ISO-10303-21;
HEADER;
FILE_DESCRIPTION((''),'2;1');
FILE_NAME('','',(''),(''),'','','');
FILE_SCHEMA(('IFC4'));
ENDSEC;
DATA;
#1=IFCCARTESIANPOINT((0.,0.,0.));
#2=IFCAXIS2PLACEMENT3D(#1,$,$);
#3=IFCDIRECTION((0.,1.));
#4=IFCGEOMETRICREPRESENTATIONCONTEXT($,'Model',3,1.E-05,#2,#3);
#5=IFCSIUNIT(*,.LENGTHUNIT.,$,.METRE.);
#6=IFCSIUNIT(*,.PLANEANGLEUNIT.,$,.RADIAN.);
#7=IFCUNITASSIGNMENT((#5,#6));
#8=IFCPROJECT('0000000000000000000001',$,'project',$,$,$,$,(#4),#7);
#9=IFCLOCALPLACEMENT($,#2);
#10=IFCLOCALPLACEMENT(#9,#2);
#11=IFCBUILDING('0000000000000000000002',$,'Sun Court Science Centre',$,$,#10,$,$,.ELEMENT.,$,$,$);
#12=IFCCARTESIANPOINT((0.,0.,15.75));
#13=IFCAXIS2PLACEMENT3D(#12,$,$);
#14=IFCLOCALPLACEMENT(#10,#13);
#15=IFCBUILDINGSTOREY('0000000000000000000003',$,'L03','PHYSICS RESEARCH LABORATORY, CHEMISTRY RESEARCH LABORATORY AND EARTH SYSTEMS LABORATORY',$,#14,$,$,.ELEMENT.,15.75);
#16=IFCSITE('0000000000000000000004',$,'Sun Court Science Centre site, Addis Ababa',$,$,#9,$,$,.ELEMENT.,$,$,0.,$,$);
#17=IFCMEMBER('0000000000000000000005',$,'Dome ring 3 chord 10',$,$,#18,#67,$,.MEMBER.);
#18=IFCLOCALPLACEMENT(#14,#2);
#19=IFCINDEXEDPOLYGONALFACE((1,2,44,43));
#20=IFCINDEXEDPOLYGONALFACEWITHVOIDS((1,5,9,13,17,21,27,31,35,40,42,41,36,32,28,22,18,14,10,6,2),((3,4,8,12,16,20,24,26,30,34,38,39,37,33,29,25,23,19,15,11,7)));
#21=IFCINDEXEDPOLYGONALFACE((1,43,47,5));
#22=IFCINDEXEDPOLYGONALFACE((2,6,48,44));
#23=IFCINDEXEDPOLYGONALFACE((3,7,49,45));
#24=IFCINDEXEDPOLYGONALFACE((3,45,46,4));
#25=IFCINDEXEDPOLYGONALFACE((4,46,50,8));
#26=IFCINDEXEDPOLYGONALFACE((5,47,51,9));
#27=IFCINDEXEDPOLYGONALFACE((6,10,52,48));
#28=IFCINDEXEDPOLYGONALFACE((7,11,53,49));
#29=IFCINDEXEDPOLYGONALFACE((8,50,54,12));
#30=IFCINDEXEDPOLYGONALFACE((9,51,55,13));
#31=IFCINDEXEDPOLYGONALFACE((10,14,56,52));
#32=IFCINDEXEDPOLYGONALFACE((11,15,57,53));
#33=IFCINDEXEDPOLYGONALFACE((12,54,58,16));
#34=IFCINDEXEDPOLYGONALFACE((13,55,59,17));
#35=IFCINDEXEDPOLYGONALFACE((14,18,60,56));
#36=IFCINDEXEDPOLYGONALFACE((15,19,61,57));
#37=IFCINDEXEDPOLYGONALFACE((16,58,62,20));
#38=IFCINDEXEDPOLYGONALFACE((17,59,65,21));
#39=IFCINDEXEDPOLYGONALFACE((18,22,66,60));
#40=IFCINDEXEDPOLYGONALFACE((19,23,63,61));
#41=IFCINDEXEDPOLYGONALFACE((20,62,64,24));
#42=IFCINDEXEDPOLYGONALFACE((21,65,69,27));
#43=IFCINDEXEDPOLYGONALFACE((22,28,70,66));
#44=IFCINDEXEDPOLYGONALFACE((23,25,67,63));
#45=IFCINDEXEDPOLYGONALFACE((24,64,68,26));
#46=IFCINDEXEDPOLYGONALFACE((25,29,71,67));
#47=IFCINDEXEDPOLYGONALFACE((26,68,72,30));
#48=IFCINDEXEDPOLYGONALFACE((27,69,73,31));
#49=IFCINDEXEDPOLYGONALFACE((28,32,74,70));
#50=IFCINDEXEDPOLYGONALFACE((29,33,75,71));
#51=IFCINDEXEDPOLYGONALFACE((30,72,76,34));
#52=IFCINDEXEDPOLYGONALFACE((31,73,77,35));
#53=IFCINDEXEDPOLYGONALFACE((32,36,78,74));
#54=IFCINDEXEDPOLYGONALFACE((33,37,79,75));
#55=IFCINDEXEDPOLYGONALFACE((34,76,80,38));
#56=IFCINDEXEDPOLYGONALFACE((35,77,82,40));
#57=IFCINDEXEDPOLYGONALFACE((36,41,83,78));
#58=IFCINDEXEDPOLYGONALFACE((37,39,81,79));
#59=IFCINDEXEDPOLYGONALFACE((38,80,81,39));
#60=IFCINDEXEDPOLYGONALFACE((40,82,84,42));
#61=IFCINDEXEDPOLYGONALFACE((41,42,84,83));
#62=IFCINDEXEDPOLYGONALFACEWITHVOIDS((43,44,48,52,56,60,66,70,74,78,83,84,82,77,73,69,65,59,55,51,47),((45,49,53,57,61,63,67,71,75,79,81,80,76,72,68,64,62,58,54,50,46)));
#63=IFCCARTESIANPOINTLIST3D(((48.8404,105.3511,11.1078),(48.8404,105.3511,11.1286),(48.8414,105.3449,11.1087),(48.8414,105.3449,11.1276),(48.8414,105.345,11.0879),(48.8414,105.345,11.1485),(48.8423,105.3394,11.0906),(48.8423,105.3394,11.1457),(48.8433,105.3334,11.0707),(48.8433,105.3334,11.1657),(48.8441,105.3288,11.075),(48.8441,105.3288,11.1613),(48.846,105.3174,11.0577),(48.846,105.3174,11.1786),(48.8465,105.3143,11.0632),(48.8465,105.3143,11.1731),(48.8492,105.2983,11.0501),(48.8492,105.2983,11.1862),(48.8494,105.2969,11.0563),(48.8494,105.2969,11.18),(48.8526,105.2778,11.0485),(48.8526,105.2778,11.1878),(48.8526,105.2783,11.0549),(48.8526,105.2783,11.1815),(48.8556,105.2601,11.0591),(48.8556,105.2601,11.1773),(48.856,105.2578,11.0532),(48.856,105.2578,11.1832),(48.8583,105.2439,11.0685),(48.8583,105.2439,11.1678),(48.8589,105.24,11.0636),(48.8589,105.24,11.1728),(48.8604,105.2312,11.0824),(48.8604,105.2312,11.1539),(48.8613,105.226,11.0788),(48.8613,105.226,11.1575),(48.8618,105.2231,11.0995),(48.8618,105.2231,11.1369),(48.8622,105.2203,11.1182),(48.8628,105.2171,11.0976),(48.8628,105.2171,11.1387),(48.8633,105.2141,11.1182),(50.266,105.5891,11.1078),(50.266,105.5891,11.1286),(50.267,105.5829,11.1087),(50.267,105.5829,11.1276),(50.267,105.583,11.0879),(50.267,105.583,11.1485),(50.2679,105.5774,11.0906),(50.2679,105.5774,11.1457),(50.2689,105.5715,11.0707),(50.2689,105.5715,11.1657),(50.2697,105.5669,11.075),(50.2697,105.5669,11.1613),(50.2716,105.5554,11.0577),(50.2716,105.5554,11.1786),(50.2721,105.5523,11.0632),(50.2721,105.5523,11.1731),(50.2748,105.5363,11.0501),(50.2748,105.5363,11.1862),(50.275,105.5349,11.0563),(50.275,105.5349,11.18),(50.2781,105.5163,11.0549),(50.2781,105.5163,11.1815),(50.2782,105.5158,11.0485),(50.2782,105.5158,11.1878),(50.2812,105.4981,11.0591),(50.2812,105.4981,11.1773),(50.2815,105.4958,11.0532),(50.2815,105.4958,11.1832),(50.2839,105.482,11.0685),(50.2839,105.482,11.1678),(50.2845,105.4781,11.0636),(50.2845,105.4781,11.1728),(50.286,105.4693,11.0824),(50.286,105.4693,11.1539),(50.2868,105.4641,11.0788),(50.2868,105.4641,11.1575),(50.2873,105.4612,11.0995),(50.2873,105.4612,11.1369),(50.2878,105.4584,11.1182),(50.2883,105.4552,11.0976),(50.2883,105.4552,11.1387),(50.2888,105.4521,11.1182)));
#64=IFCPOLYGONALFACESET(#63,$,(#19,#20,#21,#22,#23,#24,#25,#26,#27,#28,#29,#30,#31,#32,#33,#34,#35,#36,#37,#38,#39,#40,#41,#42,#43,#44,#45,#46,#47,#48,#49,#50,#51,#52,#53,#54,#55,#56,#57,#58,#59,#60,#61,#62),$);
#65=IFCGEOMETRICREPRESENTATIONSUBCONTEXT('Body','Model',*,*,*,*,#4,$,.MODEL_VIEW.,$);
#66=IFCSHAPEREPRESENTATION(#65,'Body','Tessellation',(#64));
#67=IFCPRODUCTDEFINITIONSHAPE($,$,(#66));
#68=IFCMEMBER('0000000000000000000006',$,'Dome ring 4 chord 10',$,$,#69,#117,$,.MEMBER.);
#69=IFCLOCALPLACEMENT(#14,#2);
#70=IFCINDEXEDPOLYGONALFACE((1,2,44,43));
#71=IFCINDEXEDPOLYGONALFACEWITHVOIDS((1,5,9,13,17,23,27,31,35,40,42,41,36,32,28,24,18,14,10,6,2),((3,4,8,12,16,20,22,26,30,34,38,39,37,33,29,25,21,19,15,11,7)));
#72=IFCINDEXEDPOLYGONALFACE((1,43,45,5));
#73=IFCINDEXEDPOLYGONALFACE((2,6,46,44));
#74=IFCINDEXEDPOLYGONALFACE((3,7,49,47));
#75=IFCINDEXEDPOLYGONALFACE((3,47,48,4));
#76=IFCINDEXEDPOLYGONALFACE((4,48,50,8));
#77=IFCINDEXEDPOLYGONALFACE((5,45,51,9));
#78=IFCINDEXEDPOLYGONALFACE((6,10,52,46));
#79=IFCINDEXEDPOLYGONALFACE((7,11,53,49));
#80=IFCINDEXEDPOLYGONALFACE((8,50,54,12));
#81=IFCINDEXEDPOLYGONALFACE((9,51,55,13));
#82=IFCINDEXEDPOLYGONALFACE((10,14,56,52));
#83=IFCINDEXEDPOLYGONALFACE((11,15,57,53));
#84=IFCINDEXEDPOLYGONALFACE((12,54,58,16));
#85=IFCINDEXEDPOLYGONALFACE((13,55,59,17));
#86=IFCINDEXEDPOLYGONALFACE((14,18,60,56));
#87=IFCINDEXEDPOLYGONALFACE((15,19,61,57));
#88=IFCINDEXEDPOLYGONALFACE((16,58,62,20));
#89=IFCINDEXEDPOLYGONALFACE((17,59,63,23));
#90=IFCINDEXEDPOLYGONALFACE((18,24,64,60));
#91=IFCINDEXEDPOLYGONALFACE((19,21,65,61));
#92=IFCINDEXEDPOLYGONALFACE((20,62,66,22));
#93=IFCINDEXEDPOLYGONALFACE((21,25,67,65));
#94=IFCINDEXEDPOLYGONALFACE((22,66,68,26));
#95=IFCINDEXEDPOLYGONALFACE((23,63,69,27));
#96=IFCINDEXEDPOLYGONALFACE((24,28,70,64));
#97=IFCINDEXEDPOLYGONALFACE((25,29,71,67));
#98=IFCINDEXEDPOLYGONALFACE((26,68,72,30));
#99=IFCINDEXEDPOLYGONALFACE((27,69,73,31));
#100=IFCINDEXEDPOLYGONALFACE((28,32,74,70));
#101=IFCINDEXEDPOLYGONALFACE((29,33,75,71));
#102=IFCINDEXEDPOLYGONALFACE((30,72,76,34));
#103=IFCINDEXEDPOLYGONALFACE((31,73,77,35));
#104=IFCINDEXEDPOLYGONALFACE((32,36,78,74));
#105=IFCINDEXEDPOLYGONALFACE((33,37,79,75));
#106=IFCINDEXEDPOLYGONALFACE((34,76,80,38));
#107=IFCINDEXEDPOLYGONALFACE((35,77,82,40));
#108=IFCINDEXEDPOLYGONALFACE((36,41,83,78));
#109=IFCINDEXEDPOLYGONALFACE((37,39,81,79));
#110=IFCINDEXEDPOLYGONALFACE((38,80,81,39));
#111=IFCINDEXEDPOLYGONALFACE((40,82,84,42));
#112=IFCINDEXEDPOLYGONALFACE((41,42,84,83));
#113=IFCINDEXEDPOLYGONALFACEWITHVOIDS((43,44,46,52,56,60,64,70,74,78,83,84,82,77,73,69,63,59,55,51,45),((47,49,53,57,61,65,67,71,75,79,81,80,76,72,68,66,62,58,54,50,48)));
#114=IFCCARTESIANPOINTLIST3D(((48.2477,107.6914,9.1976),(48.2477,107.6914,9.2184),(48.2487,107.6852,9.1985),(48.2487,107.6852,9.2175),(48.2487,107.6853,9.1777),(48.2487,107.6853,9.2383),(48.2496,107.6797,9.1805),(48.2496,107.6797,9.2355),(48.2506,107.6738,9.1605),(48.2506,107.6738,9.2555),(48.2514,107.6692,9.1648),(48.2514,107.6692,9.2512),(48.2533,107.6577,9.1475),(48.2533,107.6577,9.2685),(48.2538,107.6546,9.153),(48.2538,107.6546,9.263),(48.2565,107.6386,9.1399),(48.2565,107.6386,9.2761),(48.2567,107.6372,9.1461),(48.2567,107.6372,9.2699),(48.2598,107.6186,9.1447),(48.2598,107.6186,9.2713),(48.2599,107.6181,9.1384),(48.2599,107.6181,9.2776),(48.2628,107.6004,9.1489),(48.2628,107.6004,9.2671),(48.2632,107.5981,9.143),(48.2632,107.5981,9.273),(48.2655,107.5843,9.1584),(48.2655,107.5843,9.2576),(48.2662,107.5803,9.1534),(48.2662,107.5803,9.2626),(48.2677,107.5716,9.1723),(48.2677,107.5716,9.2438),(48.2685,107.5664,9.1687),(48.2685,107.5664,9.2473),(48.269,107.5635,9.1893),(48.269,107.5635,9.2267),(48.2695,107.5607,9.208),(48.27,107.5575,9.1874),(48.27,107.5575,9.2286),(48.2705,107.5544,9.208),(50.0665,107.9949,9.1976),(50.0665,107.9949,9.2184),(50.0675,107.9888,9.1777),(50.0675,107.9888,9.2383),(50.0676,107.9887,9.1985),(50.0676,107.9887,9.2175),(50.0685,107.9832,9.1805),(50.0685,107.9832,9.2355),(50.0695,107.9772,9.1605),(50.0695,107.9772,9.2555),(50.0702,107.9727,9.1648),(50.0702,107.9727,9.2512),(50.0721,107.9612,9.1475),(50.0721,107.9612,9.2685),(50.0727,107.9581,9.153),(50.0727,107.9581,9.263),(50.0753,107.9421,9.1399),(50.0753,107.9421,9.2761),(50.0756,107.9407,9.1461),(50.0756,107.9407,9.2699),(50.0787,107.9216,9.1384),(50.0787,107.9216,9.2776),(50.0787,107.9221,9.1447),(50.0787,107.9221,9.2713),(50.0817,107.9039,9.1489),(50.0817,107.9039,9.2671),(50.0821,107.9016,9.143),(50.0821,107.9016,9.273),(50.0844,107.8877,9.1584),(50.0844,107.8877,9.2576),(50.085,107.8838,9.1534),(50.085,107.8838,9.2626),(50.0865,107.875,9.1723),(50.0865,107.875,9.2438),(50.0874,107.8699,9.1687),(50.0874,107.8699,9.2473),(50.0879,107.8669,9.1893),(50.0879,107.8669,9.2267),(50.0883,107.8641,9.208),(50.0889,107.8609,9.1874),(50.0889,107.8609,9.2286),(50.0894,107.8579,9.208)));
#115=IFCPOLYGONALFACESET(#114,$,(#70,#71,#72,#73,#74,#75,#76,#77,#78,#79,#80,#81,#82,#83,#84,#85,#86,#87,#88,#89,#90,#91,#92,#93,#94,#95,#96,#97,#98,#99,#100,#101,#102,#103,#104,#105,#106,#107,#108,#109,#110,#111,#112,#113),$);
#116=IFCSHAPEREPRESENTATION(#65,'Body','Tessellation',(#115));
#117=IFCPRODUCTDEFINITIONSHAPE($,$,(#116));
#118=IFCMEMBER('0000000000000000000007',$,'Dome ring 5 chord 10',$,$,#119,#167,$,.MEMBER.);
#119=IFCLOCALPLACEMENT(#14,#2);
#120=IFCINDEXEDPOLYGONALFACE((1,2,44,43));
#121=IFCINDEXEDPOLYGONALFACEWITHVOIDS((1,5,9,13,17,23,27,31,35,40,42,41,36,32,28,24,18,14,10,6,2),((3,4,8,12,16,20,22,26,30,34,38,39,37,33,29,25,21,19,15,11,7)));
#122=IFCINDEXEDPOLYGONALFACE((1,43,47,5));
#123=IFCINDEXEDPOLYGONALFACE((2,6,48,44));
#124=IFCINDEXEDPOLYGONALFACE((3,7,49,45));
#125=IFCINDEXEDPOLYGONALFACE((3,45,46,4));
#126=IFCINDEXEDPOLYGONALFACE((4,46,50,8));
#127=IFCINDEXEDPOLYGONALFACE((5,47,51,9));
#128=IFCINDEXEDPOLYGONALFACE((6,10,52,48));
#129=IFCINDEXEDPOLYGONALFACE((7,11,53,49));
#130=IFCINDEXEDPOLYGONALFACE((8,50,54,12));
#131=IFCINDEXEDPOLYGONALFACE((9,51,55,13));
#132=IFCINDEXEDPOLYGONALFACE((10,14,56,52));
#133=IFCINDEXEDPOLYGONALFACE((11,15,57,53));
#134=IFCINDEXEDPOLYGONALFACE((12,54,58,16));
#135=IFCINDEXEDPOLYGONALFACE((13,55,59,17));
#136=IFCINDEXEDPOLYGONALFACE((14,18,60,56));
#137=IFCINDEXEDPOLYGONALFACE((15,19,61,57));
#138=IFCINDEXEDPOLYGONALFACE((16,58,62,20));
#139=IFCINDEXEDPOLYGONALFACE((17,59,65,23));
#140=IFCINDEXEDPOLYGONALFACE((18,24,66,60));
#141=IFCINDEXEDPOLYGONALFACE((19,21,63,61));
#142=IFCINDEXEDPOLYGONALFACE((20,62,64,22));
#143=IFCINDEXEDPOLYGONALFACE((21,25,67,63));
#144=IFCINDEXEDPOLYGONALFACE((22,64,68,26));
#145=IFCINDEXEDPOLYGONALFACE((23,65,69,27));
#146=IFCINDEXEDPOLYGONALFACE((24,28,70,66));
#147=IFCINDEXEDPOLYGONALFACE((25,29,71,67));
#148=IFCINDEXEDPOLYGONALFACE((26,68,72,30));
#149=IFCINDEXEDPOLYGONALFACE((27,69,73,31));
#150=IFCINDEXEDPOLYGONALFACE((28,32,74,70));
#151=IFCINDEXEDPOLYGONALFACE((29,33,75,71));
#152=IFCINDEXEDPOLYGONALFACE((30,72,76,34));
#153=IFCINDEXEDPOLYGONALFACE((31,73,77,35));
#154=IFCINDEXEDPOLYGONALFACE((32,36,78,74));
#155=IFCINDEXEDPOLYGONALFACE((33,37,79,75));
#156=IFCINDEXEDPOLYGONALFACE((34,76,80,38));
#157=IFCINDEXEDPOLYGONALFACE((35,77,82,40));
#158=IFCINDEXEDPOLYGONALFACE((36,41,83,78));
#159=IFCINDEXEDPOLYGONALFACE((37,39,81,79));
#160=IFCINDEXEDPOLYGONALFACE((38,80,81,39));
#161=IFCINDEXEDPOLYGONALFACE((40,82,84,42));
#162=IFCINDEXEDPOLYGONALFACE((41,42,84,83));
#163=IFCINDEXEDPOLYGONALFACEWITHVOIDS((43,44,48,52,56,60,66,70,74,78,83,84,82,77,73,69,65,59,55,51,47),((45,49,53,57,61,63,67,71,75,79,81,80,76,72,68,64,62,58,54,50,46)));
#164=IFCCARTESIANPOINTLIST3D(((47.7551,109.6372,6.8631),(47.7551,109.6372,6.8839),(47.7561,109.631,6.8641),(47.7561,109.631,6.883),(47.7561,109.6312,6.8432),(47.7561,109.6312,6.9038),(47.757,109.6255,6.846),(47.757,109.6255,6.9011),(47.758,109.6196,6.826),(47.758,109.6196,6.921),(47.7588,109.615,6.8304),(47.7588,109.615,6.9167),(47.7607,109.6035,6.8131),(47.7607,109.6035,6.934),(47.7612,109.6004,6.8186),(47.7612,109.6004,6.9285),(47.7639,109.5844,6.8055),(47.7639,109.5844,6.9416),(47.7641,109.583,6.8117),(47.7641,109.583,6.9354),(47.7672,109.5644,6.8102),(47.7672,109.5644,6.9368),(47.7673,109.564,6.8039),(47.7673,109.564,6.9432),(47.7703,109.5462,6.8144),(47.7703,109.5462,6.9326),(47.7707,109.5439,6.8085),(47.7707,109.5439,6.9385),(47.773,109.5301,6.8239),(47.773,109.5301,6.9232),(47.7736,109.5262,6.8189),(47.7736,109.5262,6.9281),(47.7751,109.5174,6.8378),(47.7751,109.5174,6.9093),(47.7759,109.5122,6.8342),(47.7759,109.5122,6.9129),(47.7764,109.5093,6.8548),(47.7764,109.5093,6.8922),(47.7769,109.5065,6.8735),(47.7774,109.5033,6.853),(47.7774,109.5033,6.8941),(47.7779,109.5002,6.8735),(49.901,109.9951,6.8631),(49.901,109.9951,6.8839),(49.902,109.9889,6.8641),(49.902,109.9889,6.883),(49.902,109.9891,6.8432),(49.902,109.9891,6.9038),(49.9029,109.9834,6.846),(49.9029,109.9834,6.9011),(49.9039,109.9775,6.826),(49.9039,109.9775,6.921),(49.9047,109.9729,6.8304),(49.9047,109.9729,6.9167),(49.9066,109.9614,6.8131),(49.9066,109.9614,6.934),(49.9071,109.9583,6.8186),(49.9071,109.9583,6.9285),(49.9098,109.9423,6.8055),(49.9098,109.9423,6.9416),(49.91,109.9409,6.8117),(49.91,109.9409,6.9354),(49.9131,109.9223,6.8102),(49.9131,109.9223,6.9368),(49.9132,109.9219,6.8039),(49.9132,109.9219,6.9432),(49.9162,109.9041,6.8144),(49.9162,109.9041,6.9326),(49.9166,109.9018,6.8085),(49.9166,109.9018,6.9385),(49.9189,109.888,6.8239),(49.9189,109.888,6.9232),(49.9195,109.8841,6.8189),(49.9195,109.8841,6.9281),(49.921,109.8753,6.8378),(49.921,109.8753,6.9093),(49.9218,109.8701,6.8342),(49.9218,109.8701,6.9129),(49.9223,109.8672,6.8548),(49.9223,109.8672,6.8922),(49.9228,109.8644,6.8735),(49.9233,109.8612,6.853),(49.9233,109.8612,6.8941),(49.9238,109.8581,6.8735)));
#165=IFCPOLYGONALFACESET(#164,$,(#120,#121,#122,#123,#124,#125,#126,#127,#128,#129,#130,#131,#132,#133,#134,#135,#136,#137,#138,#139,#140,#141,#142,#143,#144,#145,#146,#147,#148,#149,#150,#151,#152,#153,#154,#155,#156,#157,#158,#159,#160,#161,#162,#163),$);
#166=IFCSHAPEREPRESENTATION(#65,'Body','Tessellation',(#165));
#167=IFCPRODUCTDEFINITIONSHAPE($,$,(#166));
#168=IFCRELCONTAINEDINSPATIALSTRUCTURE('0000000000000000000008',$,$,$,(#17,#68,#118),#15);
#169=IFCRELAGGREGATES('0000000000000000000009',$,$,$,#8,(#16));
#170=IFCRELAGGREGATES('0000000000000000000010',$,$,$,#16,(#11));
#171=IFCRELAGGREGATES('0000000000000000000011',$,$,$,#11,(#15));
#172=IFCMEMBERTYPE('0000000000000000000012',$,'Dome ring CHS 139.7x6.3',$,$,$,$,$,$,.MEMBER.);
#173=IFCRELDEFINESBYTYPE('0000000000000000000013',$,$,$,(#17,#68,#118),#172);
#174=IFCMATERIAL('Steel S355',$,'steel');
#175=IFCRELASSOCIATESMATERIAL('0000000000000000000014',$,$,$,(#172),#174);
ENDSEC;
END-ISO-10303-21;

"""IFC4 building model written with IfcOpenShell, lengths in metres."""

from ifc_helpers import new_model, si_unit, direction, frame, origin, origin_2d, place, context, subcontext, project, spatial, hollow_circle, extrude, material, material_profile, profile_set, type_object, element, save


model = new_model("IFC4")

# Units and contexts
model_context = context("Model", 3, precision=1e-05, world=origin(), true_north=direction((0.0, 1.0)))
body_context = subcontext(model_context, "Body", "Model", "MODEL_VIEW")
ifc_project = project(units=[si_unit("LENGTHUNIT", "METRE"), si_unit("PLANEANGLEUNIT", "RADIAN")], contexts=[model_context])

# Site, building, storey
site_placement = place(None, origin())
site = spatial("IfcSite", under=ifc_project, at=site_placement, Name="Sun Court Science Centre site, Addis Ababa", CompositionType="ELEMENT", RefElevation=0.0)
building_placement = place(site_placement, origin())
building = spatial("IfcBuilding", under=site, at=building_placement, Name="Sun Court Science Centre", CompositionType="ELEMENT")
storey_placement = place(building_placement, frame((0.0, 0.0, 15.75)))
storey = spatial("IfcBuildingStorey", under=building, at=storey_placement, Name="L03", Description="PHYSICS RESEARCH LABORATORY, CHEMISTRY RESEARCH LABORATORY AND EARTH SYSTEMS LABORATORY", CompositionType="ELEMENT", Elevation=15.75)

# Members
ifc_material_1 = material(Name="Steel S355", Category="steel")
ifc_material_profile_1 = material_profile(ifc_material_1, hollow_circle(Radius=0.0698, WallThickness=0.0063, at=origin_2d()), Name="CHS 139.7x6.3")
ifc_profile_set_1 = profile_set([ifc_material_profile_1], Name="Steel S355")
member_type_1 = type_object("IfcMemberType", Name="Dome ring CHS 139.7x6.3", PredefinedType="MEMBER", material=ifc_profile_set_1)
member_1_placement = place(storey_placement, frame((50.2773, 105.521, 11.1182), z_axis=(-0.986344, -0.1647, 0.0), x_axis=(0.1647, -0.986344, 0.0)))
element("IfcMember", 1, at=member_1_placement, inside=storey, type_object=member_type_1, Name="Dome ring 3 chord 10", PredefinedType="MEMBER", context=body_context, shape_type="SweptSolid", body=[
    extrude(hollow_circle(Radius=0.0698, WallThickness=0.0063, at=origin_2d()), origin(), (0.0, 0.0, 1.0), 1.4453),
])
member_2_placement = place(storey_placement, frame((50.0779, 107.9268, 9.208), z_axis=(-0.986365, -0.164571, 0.0), x_axis=(0.164571, -0.986365, 0.0)))
element("IfcMember", 2, at=member_2_placement, inside=storey, type_object=member_type_1, Name="Dome ring 4 chord 10", PredefinedType="MEMBER", context=body_context, shape_type="SweptSolid", body=[
    extrude(hollow_circle(Radius=0.0698, WallThickness=0.0063, at=origin_2d()), origin(), (0.0, 0.0, 1.0), 1.844),
])
member_3_placement = place(storey_placement, frame((49.9124, 109.927, 6.8735), z_axis=(-0.986376, -0.164508, 0.0), x_axis=(0.164508, -0.986376, 0.0)))
element("IfcMember", 3, at=member_3_placement, inside=storey, type_object=member_type_1, Name="Dome ring 5 chord 10", PredefinedType="MEMBER", context=body_context, shape_type="SweptSolid", body=[
    extrude(hollow_circle(Radius=0.0698, WallThickness=0.0063, at=origin_2d()), origin(), (0.0, 0.0, 1.0), 2.1755),
])

save(model, "model.ifc")
